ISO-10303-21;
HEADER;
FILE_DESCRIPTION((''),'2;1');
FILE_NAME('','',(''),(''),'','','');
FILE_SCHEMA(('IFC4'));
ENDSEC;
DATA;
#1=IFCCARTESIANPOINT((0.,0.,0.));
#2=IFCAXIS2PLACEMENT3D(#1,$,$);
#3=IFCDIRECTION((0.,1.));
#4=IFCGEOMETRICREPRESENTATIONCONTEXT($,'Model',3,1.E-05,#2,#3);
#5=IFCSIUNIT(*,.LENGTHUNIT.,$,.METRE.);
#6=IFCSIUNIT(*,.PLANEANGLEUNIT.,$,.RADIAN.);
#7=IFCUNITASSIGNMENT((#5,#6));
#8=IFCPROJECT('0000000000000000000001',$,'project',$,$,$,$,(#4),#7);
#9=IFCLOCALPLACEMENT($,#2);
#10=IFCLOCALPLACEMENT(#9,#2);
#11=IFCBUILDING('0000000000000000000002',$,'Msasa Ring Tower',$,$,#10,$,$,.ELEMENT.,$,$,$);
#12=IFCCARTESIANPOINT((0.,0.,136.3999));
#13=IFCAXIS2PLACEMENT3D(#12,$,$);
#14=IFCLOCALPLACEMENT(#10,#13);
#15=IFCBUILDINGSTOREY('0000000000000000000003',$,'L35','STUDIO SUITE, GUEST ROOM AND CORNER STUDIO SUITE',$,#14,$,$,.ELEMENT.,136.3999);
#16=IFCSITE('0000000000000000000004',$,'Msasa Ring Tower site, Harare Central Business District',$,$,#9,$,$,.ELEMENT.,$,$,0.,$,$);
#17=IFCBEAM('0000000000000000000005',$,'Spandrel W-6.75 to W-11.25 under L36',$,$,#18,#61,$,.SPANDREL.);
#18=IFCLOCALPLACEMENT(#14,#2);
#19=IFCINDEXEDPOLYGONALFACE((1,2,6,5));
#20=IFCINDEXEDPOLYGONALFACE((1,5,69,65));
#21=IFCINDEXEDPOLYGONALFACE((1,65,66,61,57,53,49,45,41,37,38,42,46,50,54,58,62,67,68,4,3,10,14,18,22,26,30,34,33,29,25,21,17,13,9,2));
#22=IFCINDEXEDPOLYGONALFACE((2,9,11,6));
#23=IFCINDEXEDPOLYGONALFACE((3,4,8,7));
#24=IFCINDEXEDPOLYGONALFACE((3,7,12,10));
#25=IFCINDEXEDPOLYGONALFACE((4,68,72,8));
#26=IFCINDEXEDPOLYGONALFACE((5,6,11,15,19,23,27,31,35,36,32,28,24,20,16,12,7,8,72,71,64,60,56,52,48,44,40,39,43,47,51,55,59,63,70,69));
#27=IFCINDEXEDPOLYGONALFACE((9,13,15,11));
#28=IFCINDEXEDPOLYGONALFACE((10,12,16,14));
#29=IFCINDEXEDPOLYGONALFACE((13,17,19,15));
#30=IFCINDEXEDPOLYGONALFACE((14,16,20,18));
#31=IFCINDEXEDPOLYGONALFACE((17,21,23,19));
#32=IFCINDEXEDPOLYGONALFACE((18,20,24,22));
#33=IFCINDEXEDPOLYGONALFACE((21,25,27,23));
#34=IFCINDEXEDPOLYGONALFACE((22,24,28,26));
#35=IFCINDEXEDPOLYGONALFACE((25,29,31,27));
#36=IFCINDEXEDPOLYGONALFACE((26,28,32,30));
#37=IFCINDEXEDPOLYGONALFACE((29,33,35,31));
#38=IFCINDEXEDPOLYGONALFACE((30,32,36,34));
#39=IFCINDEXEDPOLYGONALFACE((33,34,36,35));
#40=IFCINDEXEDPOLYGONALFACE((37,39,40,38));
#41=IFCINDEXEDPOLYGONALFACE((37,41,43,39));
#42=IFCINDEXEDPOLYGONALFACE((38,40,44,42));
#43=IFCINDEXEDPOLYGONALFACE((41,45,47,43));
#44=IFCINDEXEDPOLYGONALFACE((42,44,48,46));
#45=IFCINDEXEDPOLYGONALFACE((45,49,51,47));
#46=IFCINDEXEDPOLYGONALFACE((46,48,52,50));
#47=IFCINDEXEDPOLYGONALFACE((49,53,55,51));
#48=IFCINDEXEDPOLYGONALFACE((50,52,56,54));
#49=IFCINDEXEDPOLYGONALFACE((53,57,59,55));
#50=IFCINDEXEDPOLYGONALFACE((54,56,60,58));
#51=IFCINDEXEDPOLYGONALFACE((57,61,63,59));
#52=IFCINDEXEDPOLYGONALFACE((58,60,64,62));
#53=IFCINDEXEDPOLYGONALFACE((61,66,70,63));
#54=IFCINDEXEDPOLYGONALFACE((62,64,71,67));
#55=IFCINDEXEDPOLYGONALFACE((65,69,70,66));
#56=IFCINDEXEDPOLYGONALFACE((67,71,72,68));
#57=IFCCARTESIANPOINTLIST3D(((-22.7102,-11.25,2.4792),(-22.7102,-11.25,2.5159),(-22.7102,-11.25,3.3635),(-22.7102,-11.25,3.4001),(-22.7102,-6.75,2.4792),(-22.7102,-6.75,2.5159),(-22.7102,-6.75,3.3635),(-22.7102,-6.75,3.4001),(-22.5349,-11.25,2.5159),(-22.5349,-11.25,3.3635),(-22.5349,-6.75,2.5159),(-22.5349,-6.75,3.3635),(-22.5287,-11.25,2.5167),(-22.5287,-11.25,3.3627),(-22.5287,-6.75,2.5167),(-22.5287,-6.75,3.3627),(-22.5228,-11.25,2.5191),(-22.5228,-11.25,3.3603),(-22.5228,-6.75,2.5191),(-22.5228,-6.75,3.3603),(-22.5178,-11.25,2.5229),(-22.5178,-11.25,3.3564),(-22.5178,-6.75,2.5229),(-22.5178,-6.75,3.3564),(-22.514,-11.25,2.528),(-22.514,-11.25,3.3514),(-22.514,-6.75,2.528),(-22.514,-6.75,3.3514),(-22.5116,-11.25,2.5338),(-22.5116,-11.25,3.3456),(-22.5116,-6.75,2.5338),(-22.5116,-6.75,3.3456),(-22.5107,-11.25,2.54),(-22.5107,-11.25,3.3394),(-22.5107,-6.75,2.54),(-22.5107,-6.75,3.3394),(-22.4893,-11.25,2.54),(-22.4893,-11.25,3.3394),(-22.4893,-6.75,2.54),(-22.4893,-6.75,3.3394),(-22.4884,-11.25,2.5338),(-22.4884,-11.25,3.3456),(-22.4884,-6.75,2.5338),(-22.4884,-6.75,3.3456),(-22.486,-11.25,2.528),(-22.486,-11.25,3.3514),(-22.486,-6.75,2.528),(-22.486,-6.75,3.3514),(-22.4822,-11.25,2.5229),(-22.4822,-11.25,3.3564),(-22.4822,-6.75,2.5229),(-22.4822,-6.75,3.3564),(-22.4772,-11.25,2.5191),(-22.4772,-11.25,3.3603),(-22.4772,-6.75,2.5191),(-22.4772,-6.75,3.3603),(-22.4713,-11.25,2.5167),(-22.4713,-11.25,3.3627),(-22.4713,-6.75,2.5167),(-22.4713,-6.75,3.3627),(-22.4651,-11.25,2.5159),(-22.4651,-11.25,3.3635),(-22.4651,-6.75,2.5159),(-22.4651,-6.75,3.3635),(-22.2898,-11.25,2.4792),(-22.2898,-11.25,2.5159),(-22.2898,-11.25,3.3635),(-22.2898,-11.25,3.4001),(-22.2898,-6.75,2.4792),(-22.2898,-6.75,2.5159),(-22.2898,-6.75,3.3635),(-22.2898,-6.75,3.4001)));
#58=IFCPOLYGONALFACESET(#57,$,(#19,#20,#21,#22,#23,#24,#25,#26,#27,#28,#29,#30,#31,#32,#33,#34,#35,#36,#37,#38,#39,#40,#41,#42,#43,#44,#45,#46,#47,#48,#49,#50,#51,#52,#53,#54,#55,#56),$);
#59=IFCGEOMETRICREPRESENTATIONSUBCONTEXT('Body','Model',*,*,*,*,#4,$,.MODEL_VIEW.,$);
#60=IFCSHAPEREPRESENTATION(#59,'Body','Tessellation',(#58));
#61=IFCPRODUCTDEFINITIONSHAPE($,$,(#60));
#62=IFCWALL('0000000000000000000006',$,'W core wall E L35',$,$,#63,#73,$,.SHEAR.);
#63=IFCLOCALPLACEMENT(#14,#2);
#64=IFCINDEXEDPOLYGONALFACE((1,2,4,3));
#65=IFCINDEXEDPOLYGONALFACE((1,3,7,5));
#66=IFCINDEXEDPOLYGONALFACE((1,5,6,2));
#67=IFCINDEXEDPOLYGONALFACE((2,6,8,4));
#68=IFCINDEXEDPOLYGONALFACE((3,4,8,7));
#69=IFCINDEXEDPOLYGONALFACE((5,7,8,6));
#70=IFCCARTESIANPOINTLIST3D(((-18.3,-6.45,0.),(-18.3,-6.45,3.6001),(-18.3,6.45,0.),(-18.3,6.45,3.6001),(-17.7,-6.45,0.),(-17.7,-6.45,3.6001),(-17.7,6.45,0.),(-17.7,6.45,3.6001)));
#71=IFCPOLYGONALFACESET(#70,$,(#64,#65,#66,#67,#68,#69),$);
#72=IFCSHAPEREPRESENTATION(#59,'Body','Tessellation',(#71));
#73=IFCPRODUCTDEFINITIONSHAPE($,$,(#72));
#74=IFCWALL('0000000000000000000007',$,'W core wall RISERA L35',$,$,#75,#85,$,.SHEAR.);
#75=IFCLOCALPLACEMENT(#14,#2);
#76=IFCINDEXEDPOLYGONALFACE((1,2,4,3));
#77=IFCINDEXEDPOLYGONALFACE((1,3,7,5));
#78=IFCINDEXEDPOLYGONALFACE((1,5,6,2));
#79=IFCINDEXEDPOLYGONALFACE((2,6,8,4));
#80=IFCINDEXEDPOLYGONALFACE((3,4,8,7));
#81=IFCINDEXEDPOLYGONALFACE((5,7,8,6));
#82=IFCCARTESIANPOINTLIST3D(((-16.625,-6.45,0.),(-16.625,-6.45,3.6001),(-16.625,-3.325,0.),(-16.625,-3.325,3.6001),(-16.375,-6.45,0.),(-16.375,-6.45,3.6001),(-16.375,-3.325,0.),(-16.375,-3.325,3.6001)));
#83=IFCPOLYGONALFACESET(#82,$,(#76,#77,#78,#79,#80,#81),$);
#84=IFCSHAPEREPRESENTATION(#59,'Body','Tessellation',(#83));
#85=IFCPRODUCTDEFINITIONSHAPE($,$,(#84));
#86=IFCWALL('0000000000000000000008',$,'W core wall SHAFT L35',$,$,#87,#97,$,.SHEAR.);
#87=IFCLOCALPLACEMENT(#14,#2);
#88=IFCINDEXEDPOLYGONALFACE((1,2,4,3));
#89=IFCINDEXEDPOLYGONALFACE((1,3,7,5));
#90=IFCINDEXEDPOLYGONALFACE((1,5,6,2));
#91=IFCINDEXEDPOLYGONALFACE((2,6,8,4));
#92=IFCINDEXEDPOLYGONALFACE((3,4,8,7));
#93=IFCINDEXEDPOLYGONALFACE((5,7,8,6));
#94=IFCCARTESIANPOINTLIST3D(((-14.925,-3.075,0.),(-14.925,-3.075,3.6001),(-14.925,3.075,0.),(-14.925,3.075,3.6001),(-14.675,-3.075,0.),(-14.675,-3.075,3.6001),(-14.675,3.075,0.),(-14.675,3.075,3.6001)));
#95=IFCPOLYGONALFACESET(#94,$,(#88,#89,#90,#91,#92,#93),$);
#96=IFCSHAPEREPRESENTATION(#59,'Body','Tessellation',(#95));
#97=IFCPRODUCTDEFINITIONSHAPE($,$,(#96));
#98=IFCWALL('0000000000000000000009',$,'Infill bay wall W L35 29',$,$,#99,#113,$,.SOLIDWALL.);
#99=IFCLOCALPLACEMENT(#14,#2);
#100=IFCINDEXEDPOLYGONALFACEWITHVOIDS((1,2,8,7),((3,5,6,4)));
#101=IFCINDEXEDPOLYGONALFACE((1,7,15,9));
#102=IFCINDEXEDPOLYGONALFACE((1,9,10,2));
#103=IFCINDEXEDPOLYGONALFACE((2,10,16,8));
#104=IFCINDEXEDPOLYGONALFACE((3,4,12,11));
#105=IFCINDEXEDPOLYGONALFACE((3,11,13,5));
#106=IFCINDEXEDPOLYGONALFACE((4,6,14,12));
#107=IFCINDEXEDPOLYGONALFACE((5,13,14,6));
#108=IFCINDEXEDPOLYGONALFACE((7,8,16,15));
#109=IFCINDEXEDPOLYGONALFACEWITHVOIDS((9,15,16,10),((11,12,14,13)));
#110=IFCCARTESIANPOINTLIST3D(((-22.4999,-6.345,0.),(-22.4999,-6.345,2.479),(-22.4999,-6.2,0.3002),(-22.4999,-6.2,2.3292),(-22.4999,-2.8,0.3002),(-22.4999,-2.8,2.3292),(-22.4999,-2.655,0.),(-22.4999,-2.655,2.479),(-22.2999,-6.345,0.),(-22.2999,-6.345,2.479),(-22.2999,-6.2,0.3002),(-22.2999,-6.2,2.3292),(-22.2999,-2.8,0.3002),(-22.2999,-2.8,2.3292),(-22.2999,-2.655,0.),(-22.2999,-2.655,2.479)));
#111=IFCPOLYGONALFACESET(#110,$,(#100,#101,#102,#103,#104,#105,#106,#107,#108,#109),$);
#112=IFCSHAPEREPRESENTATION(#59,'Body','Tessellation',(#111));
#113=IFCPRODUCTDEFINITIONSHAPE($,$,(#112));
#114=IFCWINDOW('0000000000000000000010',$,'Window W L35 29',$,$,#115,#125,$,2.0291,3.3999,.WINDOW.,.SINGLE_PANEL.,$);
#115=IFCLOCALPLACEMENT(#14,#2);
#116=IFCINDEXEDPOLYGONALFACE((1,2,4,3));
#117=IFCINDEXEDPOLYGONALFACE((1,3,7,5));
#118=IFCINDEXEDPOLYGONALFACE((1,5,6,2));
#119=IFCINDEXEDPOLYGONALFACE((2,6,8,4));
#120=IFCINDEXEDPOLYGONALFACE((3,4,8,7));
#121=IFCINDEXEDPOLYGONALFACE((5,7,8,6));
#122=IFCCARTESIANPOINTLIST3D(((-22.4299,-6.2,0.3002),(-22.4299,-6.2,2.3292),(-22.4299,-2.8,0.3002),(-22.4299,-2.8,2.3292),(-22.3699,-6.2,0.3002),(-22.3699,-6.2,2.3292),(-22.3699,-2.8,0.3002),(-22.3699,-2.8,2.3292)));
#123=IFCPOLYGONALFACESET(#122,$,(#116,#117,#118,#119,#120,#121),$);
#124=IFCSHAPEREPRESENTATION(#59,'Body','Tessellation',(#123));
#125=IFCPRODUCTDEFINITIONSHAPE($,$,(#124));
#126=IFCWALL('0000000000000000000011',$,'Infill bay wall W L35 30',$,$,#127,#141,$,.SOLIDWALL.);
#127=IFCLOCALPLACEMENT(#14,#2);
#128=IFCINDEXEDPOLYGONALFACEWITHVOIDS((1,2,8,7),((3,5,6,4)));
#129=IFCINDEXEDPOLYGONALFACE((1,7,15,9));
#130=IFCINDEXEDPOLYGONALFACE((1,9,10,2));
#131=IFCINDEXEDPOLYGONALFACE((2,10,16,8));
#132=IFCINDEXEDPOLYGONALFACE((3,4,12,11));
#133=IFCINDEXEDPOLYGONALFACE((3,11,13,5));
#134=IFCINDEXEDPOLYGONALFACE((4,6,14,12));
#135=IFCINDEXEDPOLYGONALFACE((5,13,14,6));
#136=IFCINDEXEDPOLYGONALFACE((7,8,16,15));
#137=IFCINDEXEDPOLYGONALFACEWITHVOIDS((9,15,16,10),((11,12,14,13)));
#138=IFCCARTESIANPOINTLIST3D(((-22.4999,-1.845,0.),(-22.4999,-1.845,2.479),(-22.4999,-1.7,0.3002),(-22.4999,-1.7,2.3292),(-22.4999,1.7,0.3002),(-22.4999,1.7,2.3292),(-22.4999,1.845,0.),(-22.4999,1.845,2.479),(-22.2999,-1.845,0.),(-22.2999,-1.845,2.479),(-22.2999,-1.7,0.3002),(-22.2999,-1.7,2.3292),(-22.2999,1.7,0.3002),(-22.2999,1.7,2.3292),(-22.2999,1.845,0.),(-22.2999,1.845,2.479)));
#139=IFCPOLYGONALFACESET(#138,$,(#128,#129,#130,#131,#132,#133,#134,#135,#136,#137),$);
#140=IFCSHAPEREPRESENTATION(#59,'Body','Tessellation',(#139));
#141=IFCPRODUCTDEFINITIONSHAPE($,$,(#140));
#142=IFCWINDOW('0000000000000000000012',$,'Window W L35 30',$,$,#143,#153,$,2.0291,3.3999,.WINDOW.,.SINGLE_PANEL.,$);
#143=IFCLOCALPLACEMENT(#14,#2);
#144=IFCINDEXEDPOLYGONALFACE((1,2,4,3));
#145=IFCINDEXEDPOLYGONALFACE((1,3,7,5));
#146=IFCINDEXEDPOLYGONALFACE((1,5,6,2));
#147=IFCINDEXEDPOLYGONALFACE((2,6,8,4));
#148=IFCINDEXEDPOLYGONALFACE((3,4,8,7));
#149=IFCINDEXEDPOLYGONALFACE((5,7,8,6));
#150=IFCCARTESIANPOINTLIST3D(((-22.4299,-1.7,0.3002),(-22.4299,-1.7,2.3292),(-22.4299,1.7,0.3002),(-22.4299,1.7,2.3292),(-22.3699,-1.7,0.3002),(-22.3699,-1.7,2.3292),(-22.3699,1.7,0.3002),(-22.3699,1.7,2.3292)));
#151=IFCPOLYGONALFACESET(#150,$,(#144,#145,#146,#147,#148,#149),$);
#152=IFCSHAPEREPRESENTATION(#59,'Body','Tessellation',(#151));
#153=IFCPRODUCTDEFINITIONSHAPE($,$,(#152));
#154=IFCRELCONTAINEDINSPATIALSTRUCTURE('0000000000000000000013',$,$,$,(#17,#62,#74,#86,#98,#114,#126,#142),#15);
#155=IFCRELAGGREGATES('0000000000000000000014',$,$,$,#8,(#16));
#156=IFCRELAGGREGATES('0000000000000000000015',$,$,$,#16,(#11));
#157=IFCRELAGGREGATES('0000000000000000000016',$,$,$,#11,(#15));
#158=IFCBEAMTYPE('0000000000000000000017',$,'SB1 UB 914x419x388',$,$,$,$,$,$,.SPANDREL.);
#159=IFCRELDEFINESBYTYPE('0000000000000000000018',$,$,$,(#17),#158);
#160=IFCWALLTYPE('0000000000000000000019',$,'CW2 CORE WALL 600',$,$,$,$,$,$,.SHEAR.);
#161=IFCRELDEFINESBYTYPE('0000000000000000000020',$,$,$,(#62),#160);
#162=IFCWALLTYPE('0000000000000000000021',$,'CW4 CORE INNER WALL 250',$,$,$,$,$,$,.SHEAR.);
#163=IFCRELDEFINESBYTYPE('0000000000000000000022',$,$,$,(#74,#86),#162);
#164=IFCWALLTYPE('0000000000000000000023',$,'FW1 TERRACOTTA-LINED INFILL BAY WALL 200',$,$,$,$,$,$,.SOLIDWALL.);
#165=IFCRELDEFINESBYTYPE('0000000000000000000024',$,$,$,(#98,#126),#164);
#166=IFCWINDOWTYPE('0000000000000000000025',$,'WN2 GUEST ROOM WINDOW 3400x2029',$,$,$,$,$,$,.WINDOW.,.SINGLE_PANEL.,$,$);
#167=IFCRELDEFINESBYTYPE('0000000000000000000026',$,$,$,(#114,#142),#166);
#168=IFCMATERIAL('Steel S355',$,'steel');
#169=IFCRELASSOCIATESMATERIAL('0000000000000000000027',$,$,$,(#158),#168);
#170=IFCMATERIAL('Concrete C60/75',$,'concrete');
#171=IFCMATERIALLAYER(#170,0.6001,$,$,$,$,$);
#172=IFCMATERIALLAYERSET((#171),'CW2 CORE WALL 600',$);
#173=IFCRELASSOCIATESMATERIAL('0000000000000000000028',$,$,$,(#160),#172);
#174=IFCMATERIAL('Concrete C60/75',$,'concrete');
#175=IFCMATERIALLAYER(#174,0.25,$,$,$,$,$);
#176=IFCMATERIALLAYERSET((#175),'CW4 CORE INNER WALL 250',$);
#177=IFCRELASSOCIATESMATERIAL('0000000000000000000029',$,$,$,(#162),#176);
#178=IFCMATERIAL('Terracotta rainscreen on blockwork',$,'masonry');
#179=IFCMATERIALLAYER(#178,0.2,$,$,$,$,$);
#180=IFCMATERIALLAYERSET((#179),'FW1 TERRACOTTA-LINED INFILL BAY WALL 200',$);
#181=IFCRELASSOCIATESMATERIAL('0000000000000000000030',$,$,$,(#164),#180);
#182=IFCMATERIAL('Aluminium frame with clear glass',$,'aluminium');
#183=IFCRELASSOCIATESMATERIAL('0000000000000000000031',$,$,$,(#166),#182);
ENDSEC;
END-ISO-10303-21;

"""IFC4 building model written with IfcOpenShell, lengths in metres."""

from ifc_helpers import new_model, si_unit, direction, frame, frame_2d, origin, origin_2d, place, context, subcontext, project, spatial, rectangle, i_section, extrude, material, layer, layer_set, material_profile, profile_set, type_object, element, fill, save


model = new_model("IFC4")

# Units and contexts
model_context = context("Model", 3, precision=1e-05, world=origin(), true_north=direction((0.0, 1.0)))
body_context = subcontext(model_context, "Body", "Model", "MODEL_VIEW")
ifc_project = project(units=[si_unit("LENGTHUNIT", "METRE"), si_unit("PLANEANGLEUNIT", "RADIAN")], contexts=[model_context])

# Site, building, storey
site_placement = place(None, origin())
site = spatial("IfcSite", under=ifc_project, at=site_placement, Name="Msasa Ring Tower site, Harare Central Business District", CompositionType="ELEMENT", RefElevation=0.0)
building_placement = place(site_placement, origin())
building = spatial("IfcBuilding", under=site, at=building_placement, Name="Msasa Ring Tower", CompositionType="ELEMENT")
storey_placement = place(building_placement, frame((0.0, 0.0, 136.3999)))
storey = spatial("IfcBuildingStorey", under=building, at=storey_placement, Name="L35", Description="STUDIO SUITE, GUEST ROOM AND CORNER STUDIO SUITE", CompositionType="ELEMENT", Elevation=136.3999)

# Beam
ifc_material_1 = material(Name="Steel S355", Category="steel")
ifc_material_profile_1 = material_profile(ifc_material_1, i_section(OverallWidth=0.4204, OverallDepth=0.9209, WebThickness=0.0215, FlangeThickness=0.0366, FilletRadius=0.0242, at=origin_2d()), Name="UB 914x419x388")
ifc_profile_set_1 = profile_set([ifc_material_profile_1], Name="Steel S355")
beam_type_1 = type_object("IfcBeamType", Name="SB1 UB 914x419x388", PredefinedType="SPANDREL", material=ifc_profile_set_1)
for number, where, z_axis, x_axis, name in (
    (1, (-22.5, -6.75, 2.9397), (0.0, -1.0, 0.0), (1.0, 0.0, 0.0), "Spandrel W-6.75 to W-11.25 under L36"),
):
    element("IfcBeam", number, at=place(storey_placement, frame(where, z_axis=z_axis, x_axis=x_axis)), inside=storey, type_object=beam_type_1, Name=name, PredefinedType="SPANDREL", context=body_context, shape_type="SweptSolid", body=[
        extrude(i_section(OverallWidth=0.4204, OverallDepth=0.9209, WebThickness=0.0215, FlangeThickness=0.0366, FilletRadius=0.0242, at=origin_2d()), origin(), (0.0, 0.0, 1.0), 4.5),
    ])

# Walls
ifc_material_2 = material(Name="Concrete C60/75", Category="concrete")
ifc_layer_1 = layer(ifc_material_2, 0.6001)
ifc_layer_set_1 = layer_set([ifc_layer_1], Name="CW2 CORE WALL 600")
wall_type_1 = type_object("IfcWallType", Name="CW2 CORE WALL 600", PredefinedType="SHEAR", material=ifc_layer_set_1)
wall_1_placement = place(storey_placement, frame((-18.0, -6.45, 0.0), z_axis=(0.0, 0.0, 1.0), x_axis=(0.0, 1.0, 0.0)))
element("IfcWall", 2, at=wall_1_placement, inside=storey, type_object=wall_type_1, Name="W core wall E L35", PredefinedType="SHEAR", context=body_context, shape_type="SweptSolid", body=[
    extrude(rectangle(XDim=12.8999, YDim=0.6001, at=frame_2d((6.45, 0.0))), origin(), (0.0, 0.0, 1.0), 3.6001),
])
ifc_material_3 = material(Name="Concrete C60/75", Category="concrete")
ifc_layer_2 = layer(ifc_material_3, 0.25)
ifc_layer_set_2 = layer_set([ifc_layer_2], Name="CW4 CORE INNER WALL 250")
wall_type_2 = type_object("IfcWallType", Name="CW4 CORE INNER WALL 250", PredefinedType="SHEAR", material=ifc_layer_set_2)
wall_2_placement = place(storey_placement, frame((-16.5, -6.45, 0.0), z_axis=(0.0, 0.0, 1.0), x_axis=(0.0, 1.0, 0.0)))
element("IfcWall", 3, at=wall_2_placement, inside=storey, type_object=wall_type_2, Name="W core wall RISERA L35", PredefinedType="SHEAR", context=body_context, shape_type="SweptSolid", body=[
    extrude(rectangle(XDim=3.125, YDim=0.25, at=frame_2d((1.5625, 0.0))), origin(), (0.0, 0.0, 1.0), 3.6001),
])
wall_3_placement = place(storey_placement, frame((-14.8, -3.075, 0.0), z_axis=(0.0, 0.0, 1.0), x_axis=(0.0, 1.0, 0.0)))
element("IfcWall", 4, at=wall_3_placement, inside=storey, type_object=wall_type_2, Name="W core wall SHAFT L35", PredefinedType="SHEAR", context=body_context, shape_type="SweptSolid", body=[
    extrude(rectangle(XDim=6.1499, YDim=0.25, at=frame_2d((3.075, 0.0))), origin(), (0.0, 0.0, 1.0), 3.6001),
])

# Walls, openings, windows
ifc_material_4 = material(Name="Terracotta rainscreen on blockwork", Category="masonry")
ifc_layer_3 = layer(ifc_material_4, 0.2)
ifc_layer_set_3 = layer_set([ifc_layer_3], Name="FW1 TERRACOTTA-LINED INFILL BAY WALL 200")
wall_type_3 = type_object("IfcWallType", Name="FW1 TERRACOTTA-LINED INFILL BAY WALL 200", PredefinedType="SOLIDWALL", material=ifc_layer_set_3)
wall_4_placement = place(storey_placement, frame((-22.3999, -6.345, 0.0), z_axis=(0.0, 0.0, 1.0), x_axis=(0.0, 1.0, 0.0)))
wall_4 = element("IfcWall", 5, at=wall_4_placement, inside=storey, type_object=wall_type_3, Name="Infill bay wall W L35 29", PredefinedType="SOLIDWALL", context=body_context, shape_type="SweptSolid", body=[
    extrude(rectangle(XDim=3.6899, YDim=0.2, at=frame_2d((1.845, 0.0))), origin(), (0.0, 0.0, 1.0), 2.479),
])
opening_1_placement = place(wall_4_placement, frame((0.145, 0.0, 0.3)))
opening_1 = element("IfcOpeningElement", 6, at=opening_1_placement, cuts=wall_4, PredefinedType="OPENING", context=body_context, shape_type="SweptSolid", body=[
    extrude(rectangle(XDim=3.3999, YDim=2.0291, at=frame_2d((1.7, 1.0146))), frame((0.0, 0.1099, 0.0), z_axis=(0.0, -1.0, 0.0), x_axis=(1.0, 0.0, 0.0)), (0.0, 0.0, 1.0), 0.22),
])
ifc_material_5 = material(Name="Aluminium frame with clear glass", Category="aluminium")
window_type = type_object("IfcWindowType", Name="WN2 GUEST ROOM WINDOW 3400x2029", PartitioningType="SINGLE_PANEL", PredefinedType="WINDOW", material=ifc_material_5)
window_1_placement = place(opening_1_placement, origin())
window_1 = element("IfcWindow", 7, at=window_1_placement, inside=storey, type_object=window_type, Name="Window W L35 29", OverallHeight=2.0291, OverallWidth=3.3999, PartitioningType="SINGLE_PANEL", PredefinedType="WINDOW", context=body_context, shape_type="SweptSolid", body=[
    extrude(rectangle(XDim=3.3999, YDim=2.0291, at=frame_2d((1.7, 1.0146))), frame((0.0, 0.03, 0.0), z_axis=(0.0, -1.0, 0.0), x_axis=(1.0, 0.0, 0.0)), (0.0, 0.0, 1.0), 0.0601),
])
fill(opening_1, window_1)
wall_5_placement = place(storey_placement, frame((-22.3999, -1.845, 0.0), z_axis=(0.0, 0.0, 1.0), x_axis=(0.0, 1.0, 0.0)))
wall_5 = element("IfcWall", 8, at=wall_5_placement, inside=storey, type_object=wall_type_3, Name="Infill bay wall W L35 30", PredefinedType="SOLIDWALL", context=body_context, shape_type="SweptSolid", body=[
    extrude(rectangle(XDim=3.6899, YDim=0.2, at=frame_2d((1.845, 0.0))), origin(), (0.0, 0.0, 1.0), 2.479),
])
opening_2_placement = place(wall_5_placement, frame((0.145, 0.0, 0.3)))
opening_2 = element("IfcOpeningElement", 9, at=opening_2_placement, cuts=wall_5, PredefinedType="OPENING", context=body_context, shape_type="SweptSolid", body=[
    extrude(rectangle(XDim=3.3999, YDim=2.0291, at=frame_2d((1.7, 1.0146))), frame((0.0, 0.1099, 0.0), z_axis=(0.0, -1.0, 0.0), x_axis=(1.0, 0.0, 0.0)), (0.0, 0.0, 1.0), 0.22),
])
window_2_placement = place(opening_2_placement, origin())
window_2 = element("IfcWindow", 10, at=window_2_placement, inside=storey, type_object=window_type, Name="Window W L35 30", OverallHeight=2.0291, OverallWidth=3.3999, PartitioningType="SINGLE_PANEL", PredefinedType="WINDOW", context=body_context, shape_type="SweptSolid", body=[
    extrude(rectangle(XDim=3.3999, YDim=2.0291, at=frame_2d((1.7, 1.0146))), frame((0.0, 0.03, 0.0), z_axis=(0.0, -1.0, 0.0), x_axis=(1.0, 0.0, 0.0)), (0.0, 0.0, 1.0), 0.0601),
])
fill(opening_2, window_2)

save(model, "model.ifc")
